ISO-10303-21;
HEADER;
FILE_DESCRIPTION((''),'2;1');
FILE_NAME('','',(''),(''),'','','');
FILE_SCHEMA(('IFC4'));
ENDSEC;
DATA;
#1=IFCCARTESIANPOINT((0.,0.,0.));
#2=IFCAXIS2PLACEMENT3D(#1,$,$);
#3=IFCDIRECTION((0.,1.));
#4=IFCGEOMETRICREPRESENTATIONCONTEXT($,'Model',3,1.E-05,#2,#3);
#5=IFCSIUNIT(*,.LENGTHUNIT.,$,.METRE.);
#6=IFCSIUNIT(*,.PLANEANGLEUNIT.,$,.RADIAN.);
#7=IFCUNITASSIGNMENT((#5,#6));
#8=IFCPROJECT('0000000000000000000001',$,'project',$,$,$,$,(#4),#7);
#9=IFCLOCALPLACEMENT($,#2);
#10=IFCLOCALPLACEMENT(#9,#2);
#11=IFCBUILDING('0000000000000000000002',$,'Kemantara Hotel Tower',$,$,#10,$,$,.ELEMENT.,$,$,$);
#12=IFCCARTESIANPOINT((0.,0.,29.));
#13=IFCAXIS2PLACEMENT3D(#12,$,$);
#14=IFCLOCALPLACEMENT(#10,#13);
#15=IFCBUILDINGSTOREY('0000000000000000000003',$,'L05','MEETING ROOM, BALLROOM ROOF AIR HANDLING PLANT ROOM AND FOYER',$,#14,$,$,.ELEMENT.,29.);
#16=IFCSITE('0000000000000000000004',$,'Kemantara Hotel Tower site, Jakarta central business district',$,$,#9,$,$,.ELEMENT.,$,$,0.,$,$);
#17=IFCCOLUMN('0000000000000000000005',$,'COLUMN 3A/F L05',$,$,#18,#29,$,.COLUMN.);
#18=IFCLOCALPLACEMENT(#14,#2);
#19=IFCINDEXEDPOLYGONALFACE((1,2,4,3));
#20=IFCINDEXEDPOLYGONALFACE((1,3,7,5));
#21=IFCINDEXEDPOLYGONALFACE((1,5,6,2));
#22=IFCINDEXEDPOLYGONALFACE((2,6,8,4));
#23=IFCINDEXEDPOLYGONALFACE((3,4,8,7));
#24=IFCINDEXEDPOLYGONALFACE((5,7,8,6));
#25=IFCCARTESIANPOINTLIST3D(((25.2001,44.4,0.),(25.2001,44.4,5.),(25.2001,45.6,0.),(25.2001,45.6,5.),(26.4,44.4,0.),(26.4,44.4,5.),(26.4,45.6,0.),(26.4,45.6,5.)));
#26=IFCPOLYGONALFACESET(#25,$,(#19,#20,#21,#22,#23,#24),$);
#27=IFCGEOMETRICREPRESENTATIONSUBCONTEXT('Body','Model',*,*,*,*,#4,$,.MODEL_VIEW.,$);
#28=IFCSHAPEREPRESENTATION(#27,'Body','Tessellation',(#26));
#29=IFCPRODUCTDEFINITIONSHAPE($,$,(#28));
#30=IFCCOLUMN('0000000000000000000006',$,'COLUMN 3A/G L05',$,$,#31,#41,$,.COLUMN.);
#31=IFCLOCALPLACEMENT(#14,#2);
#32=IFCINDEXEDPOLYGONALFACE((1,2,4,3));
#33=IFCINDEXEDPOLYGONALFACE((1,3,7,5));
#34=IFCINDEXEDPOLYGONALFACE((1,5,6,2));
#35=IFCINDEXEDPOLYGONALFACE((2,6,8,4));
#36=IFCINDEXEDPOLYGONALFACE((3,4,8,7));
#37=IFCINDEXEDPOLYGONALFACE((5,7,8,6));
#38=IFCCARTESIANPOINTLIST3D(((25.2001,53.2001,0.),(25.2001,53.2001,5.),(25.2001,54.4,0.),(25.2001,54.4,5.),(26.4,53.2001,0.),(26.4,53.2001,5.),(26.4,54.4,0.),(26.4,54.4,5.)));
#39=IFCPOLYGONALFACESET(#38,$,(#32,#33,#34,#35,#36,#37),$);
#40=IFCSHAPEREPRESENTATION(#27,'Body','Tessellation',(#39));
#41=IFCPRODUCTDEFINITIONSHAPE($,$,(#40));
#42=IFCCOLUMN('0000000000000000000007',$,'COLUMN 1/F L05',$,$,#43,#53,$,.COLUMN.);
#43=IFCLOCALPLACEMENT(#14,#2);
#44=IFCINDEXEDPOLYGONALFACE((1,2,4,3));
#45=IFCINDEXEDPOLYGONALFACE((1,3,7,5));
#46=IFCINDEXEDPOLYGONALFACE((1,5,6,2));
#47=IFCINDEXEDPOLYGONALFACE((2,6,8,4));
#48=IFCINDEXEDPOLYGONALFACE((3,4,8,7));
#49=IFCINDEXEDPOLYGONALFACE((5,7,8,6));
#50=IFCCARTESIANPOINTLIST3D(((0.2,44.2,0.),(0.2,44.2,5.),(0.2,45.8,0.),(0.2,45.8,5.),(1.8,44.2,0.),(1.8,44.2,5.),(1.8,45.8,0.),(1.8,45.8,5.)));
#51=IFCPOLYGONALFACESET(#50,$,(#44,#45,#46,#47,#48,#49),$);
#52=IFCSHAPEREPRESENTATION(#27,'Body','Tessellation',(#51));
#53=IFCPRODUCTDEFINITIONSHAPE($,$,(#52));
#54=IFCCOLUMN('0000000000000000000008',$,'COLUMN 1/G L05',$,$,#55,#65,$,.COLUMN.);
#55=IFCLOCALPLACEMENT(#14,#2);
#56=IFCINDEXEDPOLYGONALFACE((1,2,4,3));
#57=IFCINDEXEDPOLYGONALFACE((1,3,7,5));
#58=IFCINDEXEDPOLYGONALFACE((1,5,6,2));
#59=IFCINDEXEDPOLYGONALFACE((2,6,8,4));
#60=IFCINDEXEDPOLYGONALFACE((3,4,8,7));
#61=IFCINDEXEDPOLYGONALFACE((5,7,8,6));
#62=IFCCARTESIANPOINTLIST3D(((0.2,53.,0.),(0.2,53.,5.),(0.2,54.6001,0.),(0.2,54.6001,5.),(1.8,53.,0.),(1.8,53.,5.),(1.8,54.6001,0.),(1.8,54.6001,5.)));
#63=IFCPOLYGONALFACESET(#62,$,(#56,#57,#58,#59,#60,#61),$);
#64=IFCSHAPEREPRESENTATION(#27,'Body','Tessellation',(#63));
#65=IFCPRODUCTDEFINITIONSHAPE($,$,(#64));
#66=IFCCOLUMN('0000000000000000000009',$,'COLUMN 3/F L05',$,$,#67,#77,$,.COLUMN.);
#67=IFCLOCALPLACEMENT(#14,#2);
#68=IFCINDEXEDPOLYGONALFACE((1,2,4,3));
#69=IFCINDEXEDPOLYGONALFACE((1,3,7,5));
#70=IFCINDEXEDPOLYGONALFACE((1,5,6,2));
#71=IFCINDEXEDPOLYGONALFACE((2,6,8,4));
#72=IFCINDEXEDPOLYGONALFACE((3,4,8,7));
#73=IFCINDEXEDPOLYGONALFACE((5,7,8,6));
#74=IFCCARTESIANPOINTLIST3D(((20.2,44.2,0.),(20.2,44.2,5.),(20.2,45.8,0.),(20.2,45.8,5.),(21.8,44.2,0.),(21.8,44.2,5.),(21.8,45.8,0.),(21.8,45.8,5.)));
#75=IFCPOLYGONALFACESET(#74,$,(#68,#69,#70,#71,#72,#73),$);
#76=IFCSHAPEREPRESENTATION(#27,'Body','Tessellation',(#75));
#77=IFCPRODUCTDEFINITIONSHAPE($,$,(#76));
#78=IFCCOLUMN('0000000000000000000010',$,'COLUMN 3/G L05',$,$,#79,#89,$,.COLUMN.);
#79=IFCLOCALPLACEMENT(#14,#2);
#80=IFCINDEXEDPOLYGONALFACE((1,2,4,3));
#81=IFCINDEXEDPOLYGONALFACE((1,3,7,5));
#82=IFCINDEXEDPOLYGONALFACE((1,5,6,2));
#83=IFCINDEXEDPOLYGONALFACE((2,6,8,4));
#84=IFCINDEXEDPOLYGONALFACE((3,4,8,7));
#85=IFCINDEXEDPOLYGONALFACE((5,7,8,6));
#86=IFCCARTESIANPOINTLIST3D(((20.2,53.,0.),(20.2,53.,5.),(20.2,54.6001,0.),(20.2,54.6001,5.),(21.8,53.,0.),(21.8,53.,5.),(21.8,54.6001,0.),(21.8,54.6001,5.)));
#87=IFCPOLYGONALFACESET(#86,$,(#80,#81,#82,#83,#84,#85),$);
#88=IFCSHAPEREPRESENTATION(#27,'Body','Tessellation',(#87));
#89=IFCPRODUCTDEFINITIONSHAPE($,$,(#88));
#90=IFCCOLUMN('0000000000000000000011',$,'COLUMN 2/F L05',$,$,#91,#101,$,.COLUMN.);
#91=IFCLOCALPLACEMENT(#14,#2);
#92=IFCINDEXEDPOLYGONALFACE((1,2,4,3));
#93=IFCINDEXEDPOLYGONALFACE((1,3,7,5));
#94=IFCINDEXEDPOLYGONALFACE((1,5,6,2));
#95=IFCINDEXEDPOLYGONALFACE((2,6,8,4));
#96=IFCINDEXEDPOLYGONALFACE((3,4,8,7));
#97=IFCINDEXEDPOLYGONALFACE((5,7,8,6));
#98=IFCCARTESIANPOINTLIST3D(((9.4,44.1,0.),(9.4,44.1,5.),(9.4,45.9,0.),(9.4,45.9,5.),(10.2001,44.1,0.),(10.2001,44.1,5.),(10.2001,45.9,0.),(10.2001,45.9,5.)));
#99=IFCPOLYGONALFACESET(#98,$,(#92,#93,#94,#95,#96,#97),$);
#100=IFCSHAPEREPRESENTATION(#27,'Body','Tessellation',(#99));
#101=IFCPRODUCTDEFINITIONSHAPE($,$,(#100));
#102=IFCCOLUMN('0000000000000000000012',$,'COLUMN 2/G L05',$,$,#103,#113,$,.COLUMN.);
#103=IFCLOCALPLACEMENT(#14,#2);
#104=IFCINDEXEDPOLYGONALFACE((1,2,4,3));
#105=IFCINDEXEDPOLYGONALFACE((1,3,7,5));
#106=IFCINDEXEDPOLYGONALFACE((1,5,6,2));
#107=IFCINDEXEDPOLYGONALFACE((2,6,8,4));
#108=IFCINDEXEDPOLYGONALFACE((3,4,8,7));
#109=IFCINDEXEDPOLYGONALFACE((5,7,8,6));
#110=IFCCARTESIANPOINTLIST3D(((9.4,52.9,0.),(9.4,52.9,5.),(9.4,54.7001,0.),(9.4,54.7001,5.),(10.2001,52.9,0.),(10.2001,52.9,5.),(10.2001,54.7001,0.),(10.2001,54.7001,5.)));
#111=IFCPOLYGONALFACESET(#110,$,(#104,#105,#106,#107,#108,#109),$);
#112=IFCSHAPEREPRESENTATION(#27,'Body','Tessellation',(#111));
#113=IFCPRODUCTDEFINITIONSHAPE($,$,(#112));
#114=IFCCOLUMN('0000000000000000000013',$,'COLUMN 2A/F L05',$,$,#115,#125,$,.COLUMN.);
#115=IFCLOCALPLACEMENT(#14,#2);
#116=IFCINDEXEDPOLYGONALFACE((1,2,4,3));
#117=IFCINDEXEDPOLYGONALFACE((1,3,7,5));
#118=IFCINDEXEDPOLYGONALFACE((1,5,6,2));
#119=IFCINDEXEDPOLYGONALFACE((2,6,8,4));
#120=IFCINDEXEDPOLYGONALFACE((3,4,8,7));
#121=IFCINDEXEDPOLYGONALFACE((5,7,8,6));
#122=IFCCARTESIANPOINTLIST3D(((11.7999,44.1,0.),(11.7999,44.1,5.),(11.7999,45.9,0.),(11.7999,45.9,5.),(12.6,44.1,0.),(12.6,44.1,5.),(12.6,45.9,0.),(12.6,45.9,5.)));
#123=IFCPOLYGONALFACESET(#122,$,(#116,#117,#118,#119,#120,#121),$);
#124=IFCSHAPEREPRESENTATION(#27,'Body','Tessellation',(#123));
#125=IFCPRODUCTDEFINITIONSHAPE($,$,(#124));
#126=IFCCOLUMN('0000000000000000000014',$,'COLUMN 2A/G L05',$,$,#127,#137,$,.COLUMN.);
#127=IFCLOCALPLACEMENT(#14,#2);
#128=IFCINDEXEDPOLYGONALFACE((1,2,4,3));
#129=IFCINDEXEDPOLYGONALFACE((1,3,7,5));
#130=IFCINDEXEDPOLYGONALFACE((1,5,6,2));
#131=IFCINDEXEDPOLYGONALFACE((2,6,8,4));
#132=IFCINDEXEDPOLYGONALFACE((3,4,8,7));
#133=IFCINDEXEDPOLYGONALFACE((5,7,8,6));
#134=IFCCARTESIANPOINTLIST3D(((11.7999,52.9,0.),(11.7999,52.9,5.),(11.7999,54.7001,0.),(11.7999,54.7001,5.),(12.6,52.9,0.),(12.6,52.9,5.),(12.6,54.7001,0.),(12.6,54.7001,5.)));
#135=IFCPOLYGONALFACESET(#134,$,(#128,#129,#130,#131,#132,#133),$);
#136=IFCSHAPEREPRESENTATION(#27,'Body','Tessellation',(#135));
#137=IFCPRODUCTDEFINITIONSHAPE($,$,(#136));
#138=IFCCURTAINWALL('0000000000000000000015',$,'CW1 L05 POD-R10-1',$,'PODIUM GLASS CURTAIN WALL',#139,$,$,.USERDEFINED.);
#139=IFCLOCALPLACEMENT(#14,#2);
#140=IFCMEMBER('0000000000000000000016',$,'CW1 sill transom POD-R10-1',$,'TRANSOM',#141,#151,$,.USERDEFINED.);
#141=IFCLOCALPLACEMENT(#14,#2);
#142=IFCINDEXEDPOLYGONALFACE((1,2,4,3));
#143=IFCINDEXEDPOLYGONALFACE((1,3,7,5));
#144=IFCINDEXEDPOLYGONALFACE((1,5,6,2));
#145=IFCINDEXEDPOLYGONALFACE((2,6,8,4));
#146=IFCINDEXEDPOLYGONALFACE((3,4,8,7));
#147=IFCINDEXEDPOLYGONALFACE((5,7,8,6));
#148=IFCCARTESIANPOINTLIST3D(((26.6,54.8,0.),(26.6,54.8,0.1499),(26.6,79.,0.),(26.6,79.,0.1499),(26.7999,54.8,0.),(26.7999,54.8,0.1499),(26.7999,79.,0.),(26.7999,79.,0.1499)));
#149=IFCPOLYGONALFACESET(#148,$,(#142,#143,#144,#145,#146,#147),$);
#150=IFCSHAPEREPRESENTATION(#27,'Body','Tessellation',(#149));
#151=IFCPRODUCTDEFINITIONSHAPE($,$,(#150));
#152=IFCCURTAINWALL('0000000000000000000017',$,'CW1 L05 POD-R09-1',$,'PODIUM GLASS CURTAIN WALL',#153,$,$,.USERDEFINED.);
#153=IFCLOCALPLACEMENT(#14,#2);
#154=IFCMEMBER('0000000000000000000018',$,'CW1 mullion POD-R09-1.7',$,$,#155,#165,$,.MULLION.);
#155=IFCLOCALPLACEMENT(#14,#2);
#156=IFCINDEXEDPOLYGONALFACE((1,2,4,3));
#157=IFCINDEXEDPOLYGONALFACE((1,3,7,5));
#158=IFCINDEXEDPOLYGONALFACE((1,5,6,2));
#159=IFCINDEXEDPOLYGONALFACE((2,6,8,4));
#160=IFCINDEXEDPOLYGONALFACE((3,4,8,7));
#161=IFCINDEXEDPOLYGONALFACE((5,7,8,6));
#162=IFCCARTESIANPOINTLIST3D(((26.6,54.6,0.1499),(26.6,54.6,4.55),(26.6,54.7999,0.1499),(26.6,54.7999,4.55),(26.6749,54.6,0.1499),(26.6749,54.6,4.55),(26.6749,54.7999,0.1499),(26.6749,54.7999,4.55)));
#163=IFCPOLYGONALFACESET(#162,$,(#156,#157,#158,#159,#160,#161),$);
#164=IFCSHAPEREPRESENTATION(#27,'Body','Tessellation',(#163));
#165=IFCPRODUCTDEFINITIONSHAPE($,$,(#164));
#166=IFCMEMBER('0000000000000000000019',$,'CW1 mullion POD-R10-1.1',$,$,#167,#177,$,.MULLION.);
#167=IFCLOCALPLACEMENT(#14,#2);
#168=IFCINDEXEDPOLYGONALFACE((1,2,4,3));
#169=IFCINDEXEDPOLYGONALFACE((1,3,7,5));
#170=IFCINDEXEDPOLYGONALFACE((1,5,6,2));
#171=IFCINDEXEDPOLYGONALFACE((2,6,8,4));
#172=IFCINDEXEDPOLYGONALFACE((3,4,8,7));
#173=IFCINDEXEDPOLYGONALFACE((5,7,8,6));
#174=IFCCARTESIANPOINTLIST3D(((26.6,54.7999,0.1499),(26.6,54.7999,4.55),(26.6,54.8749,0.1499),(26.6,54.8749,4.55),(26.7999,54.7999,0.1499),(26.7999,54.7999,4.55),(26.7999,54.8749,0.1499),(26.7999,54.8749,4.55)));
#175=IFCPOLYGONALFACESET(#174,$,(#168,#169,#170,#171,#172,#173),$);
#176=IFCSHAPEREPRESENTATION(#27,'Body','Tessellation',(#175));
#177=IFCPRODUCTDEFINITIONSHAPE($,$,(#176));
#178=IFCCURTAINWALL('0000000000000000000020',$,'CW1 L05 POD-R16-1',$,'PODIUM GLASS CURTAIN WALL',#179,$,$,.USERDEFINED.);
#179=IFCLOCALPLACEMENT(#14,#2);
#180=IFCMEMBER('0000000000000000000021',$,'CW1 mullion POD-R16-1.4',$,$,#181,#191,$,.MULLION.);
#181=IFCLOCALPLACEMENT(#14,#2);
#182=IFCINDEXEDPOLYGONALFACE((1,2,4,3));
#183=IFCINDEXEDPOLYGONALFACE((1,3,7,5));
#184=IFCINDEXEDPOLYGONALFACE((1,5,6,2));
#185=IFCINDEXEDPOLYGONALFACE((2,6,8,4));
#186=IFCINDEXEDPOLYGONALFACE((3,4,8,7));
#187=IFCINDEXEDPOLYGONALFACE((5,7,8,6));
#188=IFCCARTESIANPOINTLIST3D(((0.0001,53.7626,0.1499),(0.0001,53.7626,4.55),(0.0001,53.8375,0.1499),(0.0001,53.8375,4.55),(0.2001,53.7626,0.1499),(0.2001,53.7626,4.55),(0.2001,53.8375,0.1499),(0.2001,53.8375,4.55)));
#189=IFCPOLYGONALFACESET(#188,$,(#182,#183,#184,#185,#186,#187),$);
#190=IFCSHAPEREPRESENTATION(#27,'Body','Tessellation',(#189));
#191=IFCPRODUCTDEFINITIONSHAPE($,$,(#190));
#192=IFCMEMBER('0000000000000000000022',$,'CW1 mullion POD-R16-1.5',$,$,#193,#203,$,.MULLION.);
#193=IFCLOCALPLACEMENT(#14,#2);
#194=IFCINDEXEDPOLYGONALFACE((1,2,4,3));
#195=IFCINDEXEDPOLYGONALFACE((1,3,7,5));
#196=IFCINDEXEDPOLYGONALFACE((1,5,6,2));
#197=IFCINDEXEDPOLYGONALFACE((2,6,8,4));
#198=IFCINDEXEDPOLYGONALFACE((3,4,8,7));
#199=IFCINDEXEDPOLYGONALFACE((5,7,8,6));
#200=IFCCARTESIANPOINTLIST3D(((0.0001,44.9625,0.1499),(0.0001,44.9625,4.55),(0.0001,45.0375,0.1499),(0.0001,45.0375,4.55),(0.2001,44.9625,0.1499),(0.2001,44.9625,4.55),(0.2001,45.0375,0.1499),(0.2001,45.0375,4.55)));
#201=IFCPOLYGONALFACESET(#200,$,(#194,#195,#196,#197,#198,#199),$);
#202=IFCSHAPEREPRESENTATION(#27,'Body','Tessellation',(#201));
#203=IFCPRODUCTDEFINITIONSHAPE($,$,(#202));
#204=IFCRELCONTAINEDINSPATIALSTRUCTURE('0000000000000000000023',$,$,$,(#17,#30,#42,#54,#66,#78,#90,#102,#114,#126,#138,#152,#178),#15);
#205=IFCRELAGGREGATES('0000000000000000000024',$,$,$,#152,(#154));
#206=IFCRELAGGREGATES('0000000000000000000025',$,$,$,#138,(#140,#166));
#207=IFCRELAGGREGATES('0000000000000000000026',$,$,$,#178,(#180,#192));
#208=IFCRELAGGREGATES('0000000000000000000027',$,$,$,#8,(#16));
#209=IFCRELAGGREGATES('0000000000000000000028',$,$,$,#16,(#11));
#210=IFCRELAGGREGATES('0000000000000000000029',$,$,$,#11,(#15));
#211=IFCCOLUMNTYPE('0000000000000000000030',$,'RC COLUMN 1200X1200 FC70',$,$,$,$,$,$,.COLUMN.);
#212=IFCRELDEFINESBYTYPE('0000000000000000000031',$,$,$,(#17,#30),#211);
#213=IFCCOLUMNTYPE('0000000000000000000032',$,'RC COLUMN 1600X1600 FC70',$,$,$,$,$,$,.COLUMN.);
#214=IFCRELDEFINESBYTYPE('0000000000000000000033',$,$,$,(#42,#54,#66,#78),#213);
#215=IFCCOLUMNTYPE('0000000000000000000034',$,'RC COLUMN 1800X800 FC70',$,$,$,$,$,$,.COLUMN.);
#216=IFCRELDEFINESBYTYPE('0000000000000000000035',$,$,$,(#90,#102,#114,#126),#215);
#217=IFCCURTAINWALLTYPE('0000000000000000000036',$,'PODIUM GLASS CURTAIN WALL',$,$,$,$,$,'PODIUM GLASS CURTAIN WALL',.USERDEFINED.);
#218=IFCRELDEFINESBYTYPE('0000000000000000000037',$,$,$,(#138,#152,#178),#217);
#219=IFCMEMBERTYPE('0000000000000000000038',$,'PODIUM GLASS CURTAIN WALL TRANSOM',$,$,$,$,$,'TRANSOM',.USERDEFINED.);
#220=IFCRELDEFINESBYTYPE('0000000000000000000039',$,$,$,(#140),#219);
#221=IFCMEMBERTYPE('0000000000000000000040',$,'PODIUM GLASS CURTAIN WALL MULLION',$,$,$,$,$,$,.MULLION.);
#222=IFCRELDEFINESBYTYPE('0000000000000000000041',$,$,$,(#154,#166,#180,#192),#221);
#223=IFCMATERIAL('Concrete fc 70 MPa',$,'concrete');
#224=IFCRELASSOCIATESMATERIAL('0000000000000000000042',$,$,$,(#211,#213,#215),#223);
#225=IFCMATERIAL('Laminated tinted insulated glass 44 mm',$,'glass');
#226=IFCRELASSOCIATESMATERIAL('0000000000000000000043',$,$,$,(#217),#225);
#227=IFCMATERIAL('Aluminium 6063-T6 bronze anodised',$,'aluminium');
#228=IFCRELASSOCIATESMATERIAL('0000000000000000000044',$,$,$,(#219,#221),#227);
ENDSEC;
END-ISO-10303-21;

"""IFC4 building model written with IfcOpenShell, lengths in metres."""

from ifc_helpers import new_model, si_unit, direction, frame, origin, origin_2d, place, context, subcontext, project, spatial, rectangle, extrude, source, transform, mapped, material, material_profile, profile_set, type_object, element, aggregate, save


model = new_model("IFC4")

# Units and contexts
model_context = context("Model", 3, precision=1e-05, world=origin(), true_north=direction((0.0, 1.0)))
body_context = subcontext(model_context, "Body", "Model", "MODEL_VIEW")
ifc_project = project(units=[si_unit("LENGTHUNIT", "METRE"), si_unit("PLANEANGLEUNIT", "RADIAN")], contexts=[model_context])

# Site, building, storey
site_placement = place(None, origin())
site = spatial("IfcSite", under=ifc_project, at=site_placement, Name="Kemantara Hotel Tower site, Jakarta central business district", CompositionType="ELEMENT", RefElevation=0.0)
building_placement = place(site_placement, origin())
building = spatial("IfcBuilding", under=site, at=building_placement, Name="Kemantara Hotel Tower", CompositionType="ELEMENT")
storey_placement = place(building_placement, frame((0.0, 0.0, 29.0)))
storey = spatial("IfcBuildingStorey", under=building, at=storey_placement, Name="L05", Description="MEETING ROOM, BALLROOM ROOF AIR HANDLING PLANT ROOM AND FOYER", CompositionType="ELEMENT", Elevation=29.0)

# Columns
ifc_material_1 = material(Name="Concrete fc 70 MPa", Category="concrete")
ifc_material_profile_1 = material_profile(ifc_material_1, rectangle(XDim=1.2, YDim=1.2, at=origin_2d()), Name="RC 1200X1200")
ifc_profile_set_1 = profile_set([ifc_material_profile_1], Name="Concrete fc 70 MPa")
column_type_1 = type_object("IfcColumnType", Name="RC COLUMN 1200X1200 FC70", PredefinedType="COLUMN", material=ifc_profile_set_1)
for number, where, z_axis, x_axis, name in (
    (1, (25.8, 45.0, 0.0), (0.0, 0.0, 1.0), (1.0, 0.0, 0.0), "COLUMN 3A/F L05"),
    (2, (25.8, 53.8, 0.0), (0.0, 0.0, 1.0), (1.0, 0.0, 0.0), "COLUMN 3A/G L05"),
):
    element("IfcColumn", number, at=place(storey_placement, frame(where, z_axis=z_axis, x_axis=x_axis)), inside=storey, type_object=column_type_1, Name=name, PredefinedType="COLUMN", context=body_context, shape_type="SweptSolid", body=[
        extrude(rectangle(XDim=1.2, YDim=1.2, at=origin_2d()), origin(), (0.0, 0.0, 1.0), 5.0),
    ])
ifc_material_profile_2 = material_profile(ifc_material_1, rectangle(XDim=1.6001, YDim=1.6001, at=origin_2d()), Name="RC 1600X1600")
ifc_profile_set_2 = profile_set([ifc_material_profile_2], Name="Concrete fc 70 MPa")
column_type_2 = type_object("IfcColumnType", Name="RC COLUMN 1600X1600 FC70", PredefinedType="COLUMN", material=ifc_profile_set_2)
for number, where, z_axis, x_axis, name in (
    (3, (1.0, 45.0, 0.0), (0.0, 0.0, 1.0), (1.0, 0.0, 0.0), "COLUMN 1/F L05"),
    (4, (1.0, 53.8, 0.0), (0.0, 0.0, 1.0), (1.0, 0.0, 0.0), "COLUMN 1/G L05"),
    (5, (21.0, 45.0, 0.0), (0.0, 0.0, 1.0), (1.0, 0.0, 0.0), "COLUMN 3/F L05"),
    (6, (21.0, 53.8, 0.0), (0.0, 0.0, 1.0), (1.0, 0.0, 0.0), "COLUMN 3/G L05"),
):
    element("IfcColumn", number, at=place(storey_placement, frame(where, z_axis=z_axis, x_axis=x_axis)), inside=storey, type_object=column_type_2, Name=name, PredefinedType="COLUMN", context=body_context, shape_type="SweptSolid", body=[
        extrude(rectangle(XDim=1.6001, YDim=1.6001, at=origin_2d()), origin(), (0.0, 0.0, 1.0), 5.0),
    ])
ifc_material_profile_3 = material_profile(ifc_material_1, rectangle(XDim=1.8, YDim=0.8, at=origin_2d()), Name="RC 1800X800")
ifc_profile_set_3 = profile_set([ifc_material_profile_3], Name="Concrete fc 70 MPa")
column_type_3 = type_object("IfcColumnType", Name="RC COLUMN 1800X800 FC70", PredefinedType="COLUMN", material=ifc_profile_set_3)
for number, where, z_axis, x_axis, name in (
    (7, (9.8, 45.0, 0.0), (0.0, 0.0, 1.0), (0.0, 1.0, 0.0), "COLUMN 2/F L05"),
    (8, (9.8, 53.8, 0.0), (0.0, 0.0, 1.0), (0.0, 1.0, 0.0), "COLUMN 2/G L05"),
    (9, (12.2, 45.0, 0.0), (0.0, 0.0, 1.0), (0.0, 1.0, 0.0), "COLUMN 2A/F L05"),
    (10, (12.2, 53.8, 0.0), (0.0, 0.0, 1.0), (0.0, 1.0, 0.0), "COLUMN 2A/G L05"),
):
    element("IfcColumn", number, at=place(storey_placement, frame(where, z_axis=z_axis, x_axis=x_axis)), inside=storey, type_object=column_type_3, Name=name, PredefinedType="COLUMN", context=body_context, shape_type="SweptSolid", body=[
        extrude(rectangle(XDim=1.8, YDim=0.8, at=origin_2d()), origin(), (0.0, 0.0, 1.0), 5.0),
    ])

# Curtain walls, members
ifc_material_2 = material(Name="Laminated tinted insulated glass 44 mm", Category="glass")
curtain_wall_type = type_object("IfcCurtainWallType", Name="PODIUM GLASS CURTAIN WALL", ElementType="PODIUM GLASS CURTAIN WALL", PredefinedType="USERDEFINED", material=ifc_material_2)
curtain_wall_1_placement = place(storey_placement, origin())
curtain_wall_1 = element("IfcCurtainWall", 11, at=curtain_wall_1_placement, inside=storey, type_object=curtain_wall_type, Name="CW1 L05 POD-R10-1", ObjectType="PODIUM GLASS CURTAIN WALL", PredefinedType="USERDEFINED")
ifc_material_3 = material(Name="Aluminium 6063-T6 bronze anodised", Category="aluminium")
ifc_material_profile_4 = material_profile(ifc_material_3, rectangle(XDim=0.2, YDim=0.1499, at=origin_2d()), Name="PODIUM GLASS CURTAIN WALL TRANSOM")
ifc_profile_set_4 = profile_set([ifc_material_profile_4], Name="Aluminium 6063-T6 bronze anodised")
member_type_1 = type_object("IfcMemberType", Name="PODIUM GLASS CURTAIN WALL TRANSOM", ElementType="TRANSOM", PredefinedType="USERDEFINED", material=ifc_profile_set_4)
member_1_placement = place(storey_placement, frame((26.7, 54.8, 0.075), z_axis=(0.0, 1.0, 0.0), x_axis=(-1.0, 0.0, 0.0)))
member_1 = element("IfcMember", 12, at=member_1_placement, type_object=member_type_1, Name="CW1 sill transom POD-R10-1", ObjectType="TRANSOM", PredefinedType="USERDEFINED", context=body_context, shape_type="SweptSolid", body=[
    extrude(rectangle(XDim=0.2, YDim=0.1499, at=origin_2d()), origin(), (0.0, 0.0, 1.0), 24.2),
])
curtain_wall_2_placement = place(storey_placement, origin())
curtain_wall_2 = element("IfcCurtainWall", 13, at=curtain_wall_2_placement, inside=storey, type_object=curtain_wall_type, Name="CW1 L05 POD-R09-1", ObjectType="PODIUM GLASS CURTAIN WALL", PredefinedType="USERDEFINED")
ifc_material_profile_5 = material_profile(ifc_material_3, rectangle(XDim=0.2, YDim=0.075, at=origin_2d()), Name="PODIUM GLASS CURTAIN WALL MULLION")
ifc_profile_set_5 = profile_set([ifc_material_profile_5], Name="Aluminium 6063-T6 bronze anodised")
member_type_2 = type_object("IfcMemberType", Name="PODIUM GLASS CURTAIN WALL MULLION", PredefinedType="MULLION", material=ifc_profile_set_5)
shared_shape_1 = source(origin(), body_context, "Body", "SweptSolid", [
    extrude(rectangle(XDim=0.2, YDim=0.075, at=origin_2d()), origin(), (0.0, 0.0, 1.0), 4.4001),
])
member_2_placement = place(storey_placement, frame((26.6375, 54.7, 0.1499), z_axis=(0.0, 0.0, 1.0), x_axis=(0.0, -1.0, 0.0)))
member_2 = element("IfcMember", 14, at=member_2_placement, type_object=member_type_2, Name="CW1 mullion POD-R09-1.7", PredefinedType="MULLION", context=body_context, shape_type="MappedRepresentation", body=[
    mapped(shared_shape_1, transform((0.0, 0.0, 0.0))),
])
aggregate(curtain_wall_2, [member_2])

# Member
member_3_placement = place(storey_placement, frame((26.7, 54.8374, 0.1499), z_axis=(0.0, 0.0, 1.0), x_axis=(-1.0, 0.0, 0.0)))
member_3 = element("IfcMember", 15, at=member_3_placement, type_object=member_type_2, Name="CW1 mullion POD-R10-1.1", PredefinedType="MULLION", context=body_context, shape_type="MappedRepresentation", body=[
    mapped(shared_shape_1, transform((0.0, 0.0, 0.0))),
])
aggregate(curtain_wall_1, [member_1, member_3])

# Curtain wall, members
curtain_wall_3_placement = place(storey_placement, origin())
curtain_wall_3 = element("IfcCurtainWall", 16, at=curtain_wall_3_placement, inside=storey, type_object=curtain_wall_type, Name="CW1 L05 POD-R16-1", ObjectType="PODIUM GLASS CURTAIN WALL", PredefinedType="USERDEFINED")
member_4_placement = place(storey_placement, frame((0.1001, 53.8, 0.1499), z_axis=(0.0, 0.0, 1.0), x_axis=(1.0, 0.0, 0.0)))
member_4 = element("IfcMember", 17, at=member_4_placement, type_object=member_type_2, Name="CW1 mullion POD-R16-1.4", PredefinedType="MULLION", context=body_context, shape_type="MappedRepresentation", body=[
    mapped(shared_shape_1, transform((0.0, 0.0, 0.0))),
])
member_5_placement = place(storey_placement, frame((0.1001, 45.0, 0.1499), z_axis=(0.0, 0.0, 1.0), x_axis=(1.0, 0.0, 0.0)))
member_5 = element("IfcMember", 18, at=member_5_placement, type_object=member_type_2, Name="CW1 mullion POD-R16-1.5", PredefinedType="MULLION", context=body_context, shape_type="MappedRepresentation", body=[
    mapped(shared_shape_1, transform((0.0, 0.0, 0.0))),
])
aggregate(curtain_wall_3, [member_4, member_5])

save(model, "model.ifc")
